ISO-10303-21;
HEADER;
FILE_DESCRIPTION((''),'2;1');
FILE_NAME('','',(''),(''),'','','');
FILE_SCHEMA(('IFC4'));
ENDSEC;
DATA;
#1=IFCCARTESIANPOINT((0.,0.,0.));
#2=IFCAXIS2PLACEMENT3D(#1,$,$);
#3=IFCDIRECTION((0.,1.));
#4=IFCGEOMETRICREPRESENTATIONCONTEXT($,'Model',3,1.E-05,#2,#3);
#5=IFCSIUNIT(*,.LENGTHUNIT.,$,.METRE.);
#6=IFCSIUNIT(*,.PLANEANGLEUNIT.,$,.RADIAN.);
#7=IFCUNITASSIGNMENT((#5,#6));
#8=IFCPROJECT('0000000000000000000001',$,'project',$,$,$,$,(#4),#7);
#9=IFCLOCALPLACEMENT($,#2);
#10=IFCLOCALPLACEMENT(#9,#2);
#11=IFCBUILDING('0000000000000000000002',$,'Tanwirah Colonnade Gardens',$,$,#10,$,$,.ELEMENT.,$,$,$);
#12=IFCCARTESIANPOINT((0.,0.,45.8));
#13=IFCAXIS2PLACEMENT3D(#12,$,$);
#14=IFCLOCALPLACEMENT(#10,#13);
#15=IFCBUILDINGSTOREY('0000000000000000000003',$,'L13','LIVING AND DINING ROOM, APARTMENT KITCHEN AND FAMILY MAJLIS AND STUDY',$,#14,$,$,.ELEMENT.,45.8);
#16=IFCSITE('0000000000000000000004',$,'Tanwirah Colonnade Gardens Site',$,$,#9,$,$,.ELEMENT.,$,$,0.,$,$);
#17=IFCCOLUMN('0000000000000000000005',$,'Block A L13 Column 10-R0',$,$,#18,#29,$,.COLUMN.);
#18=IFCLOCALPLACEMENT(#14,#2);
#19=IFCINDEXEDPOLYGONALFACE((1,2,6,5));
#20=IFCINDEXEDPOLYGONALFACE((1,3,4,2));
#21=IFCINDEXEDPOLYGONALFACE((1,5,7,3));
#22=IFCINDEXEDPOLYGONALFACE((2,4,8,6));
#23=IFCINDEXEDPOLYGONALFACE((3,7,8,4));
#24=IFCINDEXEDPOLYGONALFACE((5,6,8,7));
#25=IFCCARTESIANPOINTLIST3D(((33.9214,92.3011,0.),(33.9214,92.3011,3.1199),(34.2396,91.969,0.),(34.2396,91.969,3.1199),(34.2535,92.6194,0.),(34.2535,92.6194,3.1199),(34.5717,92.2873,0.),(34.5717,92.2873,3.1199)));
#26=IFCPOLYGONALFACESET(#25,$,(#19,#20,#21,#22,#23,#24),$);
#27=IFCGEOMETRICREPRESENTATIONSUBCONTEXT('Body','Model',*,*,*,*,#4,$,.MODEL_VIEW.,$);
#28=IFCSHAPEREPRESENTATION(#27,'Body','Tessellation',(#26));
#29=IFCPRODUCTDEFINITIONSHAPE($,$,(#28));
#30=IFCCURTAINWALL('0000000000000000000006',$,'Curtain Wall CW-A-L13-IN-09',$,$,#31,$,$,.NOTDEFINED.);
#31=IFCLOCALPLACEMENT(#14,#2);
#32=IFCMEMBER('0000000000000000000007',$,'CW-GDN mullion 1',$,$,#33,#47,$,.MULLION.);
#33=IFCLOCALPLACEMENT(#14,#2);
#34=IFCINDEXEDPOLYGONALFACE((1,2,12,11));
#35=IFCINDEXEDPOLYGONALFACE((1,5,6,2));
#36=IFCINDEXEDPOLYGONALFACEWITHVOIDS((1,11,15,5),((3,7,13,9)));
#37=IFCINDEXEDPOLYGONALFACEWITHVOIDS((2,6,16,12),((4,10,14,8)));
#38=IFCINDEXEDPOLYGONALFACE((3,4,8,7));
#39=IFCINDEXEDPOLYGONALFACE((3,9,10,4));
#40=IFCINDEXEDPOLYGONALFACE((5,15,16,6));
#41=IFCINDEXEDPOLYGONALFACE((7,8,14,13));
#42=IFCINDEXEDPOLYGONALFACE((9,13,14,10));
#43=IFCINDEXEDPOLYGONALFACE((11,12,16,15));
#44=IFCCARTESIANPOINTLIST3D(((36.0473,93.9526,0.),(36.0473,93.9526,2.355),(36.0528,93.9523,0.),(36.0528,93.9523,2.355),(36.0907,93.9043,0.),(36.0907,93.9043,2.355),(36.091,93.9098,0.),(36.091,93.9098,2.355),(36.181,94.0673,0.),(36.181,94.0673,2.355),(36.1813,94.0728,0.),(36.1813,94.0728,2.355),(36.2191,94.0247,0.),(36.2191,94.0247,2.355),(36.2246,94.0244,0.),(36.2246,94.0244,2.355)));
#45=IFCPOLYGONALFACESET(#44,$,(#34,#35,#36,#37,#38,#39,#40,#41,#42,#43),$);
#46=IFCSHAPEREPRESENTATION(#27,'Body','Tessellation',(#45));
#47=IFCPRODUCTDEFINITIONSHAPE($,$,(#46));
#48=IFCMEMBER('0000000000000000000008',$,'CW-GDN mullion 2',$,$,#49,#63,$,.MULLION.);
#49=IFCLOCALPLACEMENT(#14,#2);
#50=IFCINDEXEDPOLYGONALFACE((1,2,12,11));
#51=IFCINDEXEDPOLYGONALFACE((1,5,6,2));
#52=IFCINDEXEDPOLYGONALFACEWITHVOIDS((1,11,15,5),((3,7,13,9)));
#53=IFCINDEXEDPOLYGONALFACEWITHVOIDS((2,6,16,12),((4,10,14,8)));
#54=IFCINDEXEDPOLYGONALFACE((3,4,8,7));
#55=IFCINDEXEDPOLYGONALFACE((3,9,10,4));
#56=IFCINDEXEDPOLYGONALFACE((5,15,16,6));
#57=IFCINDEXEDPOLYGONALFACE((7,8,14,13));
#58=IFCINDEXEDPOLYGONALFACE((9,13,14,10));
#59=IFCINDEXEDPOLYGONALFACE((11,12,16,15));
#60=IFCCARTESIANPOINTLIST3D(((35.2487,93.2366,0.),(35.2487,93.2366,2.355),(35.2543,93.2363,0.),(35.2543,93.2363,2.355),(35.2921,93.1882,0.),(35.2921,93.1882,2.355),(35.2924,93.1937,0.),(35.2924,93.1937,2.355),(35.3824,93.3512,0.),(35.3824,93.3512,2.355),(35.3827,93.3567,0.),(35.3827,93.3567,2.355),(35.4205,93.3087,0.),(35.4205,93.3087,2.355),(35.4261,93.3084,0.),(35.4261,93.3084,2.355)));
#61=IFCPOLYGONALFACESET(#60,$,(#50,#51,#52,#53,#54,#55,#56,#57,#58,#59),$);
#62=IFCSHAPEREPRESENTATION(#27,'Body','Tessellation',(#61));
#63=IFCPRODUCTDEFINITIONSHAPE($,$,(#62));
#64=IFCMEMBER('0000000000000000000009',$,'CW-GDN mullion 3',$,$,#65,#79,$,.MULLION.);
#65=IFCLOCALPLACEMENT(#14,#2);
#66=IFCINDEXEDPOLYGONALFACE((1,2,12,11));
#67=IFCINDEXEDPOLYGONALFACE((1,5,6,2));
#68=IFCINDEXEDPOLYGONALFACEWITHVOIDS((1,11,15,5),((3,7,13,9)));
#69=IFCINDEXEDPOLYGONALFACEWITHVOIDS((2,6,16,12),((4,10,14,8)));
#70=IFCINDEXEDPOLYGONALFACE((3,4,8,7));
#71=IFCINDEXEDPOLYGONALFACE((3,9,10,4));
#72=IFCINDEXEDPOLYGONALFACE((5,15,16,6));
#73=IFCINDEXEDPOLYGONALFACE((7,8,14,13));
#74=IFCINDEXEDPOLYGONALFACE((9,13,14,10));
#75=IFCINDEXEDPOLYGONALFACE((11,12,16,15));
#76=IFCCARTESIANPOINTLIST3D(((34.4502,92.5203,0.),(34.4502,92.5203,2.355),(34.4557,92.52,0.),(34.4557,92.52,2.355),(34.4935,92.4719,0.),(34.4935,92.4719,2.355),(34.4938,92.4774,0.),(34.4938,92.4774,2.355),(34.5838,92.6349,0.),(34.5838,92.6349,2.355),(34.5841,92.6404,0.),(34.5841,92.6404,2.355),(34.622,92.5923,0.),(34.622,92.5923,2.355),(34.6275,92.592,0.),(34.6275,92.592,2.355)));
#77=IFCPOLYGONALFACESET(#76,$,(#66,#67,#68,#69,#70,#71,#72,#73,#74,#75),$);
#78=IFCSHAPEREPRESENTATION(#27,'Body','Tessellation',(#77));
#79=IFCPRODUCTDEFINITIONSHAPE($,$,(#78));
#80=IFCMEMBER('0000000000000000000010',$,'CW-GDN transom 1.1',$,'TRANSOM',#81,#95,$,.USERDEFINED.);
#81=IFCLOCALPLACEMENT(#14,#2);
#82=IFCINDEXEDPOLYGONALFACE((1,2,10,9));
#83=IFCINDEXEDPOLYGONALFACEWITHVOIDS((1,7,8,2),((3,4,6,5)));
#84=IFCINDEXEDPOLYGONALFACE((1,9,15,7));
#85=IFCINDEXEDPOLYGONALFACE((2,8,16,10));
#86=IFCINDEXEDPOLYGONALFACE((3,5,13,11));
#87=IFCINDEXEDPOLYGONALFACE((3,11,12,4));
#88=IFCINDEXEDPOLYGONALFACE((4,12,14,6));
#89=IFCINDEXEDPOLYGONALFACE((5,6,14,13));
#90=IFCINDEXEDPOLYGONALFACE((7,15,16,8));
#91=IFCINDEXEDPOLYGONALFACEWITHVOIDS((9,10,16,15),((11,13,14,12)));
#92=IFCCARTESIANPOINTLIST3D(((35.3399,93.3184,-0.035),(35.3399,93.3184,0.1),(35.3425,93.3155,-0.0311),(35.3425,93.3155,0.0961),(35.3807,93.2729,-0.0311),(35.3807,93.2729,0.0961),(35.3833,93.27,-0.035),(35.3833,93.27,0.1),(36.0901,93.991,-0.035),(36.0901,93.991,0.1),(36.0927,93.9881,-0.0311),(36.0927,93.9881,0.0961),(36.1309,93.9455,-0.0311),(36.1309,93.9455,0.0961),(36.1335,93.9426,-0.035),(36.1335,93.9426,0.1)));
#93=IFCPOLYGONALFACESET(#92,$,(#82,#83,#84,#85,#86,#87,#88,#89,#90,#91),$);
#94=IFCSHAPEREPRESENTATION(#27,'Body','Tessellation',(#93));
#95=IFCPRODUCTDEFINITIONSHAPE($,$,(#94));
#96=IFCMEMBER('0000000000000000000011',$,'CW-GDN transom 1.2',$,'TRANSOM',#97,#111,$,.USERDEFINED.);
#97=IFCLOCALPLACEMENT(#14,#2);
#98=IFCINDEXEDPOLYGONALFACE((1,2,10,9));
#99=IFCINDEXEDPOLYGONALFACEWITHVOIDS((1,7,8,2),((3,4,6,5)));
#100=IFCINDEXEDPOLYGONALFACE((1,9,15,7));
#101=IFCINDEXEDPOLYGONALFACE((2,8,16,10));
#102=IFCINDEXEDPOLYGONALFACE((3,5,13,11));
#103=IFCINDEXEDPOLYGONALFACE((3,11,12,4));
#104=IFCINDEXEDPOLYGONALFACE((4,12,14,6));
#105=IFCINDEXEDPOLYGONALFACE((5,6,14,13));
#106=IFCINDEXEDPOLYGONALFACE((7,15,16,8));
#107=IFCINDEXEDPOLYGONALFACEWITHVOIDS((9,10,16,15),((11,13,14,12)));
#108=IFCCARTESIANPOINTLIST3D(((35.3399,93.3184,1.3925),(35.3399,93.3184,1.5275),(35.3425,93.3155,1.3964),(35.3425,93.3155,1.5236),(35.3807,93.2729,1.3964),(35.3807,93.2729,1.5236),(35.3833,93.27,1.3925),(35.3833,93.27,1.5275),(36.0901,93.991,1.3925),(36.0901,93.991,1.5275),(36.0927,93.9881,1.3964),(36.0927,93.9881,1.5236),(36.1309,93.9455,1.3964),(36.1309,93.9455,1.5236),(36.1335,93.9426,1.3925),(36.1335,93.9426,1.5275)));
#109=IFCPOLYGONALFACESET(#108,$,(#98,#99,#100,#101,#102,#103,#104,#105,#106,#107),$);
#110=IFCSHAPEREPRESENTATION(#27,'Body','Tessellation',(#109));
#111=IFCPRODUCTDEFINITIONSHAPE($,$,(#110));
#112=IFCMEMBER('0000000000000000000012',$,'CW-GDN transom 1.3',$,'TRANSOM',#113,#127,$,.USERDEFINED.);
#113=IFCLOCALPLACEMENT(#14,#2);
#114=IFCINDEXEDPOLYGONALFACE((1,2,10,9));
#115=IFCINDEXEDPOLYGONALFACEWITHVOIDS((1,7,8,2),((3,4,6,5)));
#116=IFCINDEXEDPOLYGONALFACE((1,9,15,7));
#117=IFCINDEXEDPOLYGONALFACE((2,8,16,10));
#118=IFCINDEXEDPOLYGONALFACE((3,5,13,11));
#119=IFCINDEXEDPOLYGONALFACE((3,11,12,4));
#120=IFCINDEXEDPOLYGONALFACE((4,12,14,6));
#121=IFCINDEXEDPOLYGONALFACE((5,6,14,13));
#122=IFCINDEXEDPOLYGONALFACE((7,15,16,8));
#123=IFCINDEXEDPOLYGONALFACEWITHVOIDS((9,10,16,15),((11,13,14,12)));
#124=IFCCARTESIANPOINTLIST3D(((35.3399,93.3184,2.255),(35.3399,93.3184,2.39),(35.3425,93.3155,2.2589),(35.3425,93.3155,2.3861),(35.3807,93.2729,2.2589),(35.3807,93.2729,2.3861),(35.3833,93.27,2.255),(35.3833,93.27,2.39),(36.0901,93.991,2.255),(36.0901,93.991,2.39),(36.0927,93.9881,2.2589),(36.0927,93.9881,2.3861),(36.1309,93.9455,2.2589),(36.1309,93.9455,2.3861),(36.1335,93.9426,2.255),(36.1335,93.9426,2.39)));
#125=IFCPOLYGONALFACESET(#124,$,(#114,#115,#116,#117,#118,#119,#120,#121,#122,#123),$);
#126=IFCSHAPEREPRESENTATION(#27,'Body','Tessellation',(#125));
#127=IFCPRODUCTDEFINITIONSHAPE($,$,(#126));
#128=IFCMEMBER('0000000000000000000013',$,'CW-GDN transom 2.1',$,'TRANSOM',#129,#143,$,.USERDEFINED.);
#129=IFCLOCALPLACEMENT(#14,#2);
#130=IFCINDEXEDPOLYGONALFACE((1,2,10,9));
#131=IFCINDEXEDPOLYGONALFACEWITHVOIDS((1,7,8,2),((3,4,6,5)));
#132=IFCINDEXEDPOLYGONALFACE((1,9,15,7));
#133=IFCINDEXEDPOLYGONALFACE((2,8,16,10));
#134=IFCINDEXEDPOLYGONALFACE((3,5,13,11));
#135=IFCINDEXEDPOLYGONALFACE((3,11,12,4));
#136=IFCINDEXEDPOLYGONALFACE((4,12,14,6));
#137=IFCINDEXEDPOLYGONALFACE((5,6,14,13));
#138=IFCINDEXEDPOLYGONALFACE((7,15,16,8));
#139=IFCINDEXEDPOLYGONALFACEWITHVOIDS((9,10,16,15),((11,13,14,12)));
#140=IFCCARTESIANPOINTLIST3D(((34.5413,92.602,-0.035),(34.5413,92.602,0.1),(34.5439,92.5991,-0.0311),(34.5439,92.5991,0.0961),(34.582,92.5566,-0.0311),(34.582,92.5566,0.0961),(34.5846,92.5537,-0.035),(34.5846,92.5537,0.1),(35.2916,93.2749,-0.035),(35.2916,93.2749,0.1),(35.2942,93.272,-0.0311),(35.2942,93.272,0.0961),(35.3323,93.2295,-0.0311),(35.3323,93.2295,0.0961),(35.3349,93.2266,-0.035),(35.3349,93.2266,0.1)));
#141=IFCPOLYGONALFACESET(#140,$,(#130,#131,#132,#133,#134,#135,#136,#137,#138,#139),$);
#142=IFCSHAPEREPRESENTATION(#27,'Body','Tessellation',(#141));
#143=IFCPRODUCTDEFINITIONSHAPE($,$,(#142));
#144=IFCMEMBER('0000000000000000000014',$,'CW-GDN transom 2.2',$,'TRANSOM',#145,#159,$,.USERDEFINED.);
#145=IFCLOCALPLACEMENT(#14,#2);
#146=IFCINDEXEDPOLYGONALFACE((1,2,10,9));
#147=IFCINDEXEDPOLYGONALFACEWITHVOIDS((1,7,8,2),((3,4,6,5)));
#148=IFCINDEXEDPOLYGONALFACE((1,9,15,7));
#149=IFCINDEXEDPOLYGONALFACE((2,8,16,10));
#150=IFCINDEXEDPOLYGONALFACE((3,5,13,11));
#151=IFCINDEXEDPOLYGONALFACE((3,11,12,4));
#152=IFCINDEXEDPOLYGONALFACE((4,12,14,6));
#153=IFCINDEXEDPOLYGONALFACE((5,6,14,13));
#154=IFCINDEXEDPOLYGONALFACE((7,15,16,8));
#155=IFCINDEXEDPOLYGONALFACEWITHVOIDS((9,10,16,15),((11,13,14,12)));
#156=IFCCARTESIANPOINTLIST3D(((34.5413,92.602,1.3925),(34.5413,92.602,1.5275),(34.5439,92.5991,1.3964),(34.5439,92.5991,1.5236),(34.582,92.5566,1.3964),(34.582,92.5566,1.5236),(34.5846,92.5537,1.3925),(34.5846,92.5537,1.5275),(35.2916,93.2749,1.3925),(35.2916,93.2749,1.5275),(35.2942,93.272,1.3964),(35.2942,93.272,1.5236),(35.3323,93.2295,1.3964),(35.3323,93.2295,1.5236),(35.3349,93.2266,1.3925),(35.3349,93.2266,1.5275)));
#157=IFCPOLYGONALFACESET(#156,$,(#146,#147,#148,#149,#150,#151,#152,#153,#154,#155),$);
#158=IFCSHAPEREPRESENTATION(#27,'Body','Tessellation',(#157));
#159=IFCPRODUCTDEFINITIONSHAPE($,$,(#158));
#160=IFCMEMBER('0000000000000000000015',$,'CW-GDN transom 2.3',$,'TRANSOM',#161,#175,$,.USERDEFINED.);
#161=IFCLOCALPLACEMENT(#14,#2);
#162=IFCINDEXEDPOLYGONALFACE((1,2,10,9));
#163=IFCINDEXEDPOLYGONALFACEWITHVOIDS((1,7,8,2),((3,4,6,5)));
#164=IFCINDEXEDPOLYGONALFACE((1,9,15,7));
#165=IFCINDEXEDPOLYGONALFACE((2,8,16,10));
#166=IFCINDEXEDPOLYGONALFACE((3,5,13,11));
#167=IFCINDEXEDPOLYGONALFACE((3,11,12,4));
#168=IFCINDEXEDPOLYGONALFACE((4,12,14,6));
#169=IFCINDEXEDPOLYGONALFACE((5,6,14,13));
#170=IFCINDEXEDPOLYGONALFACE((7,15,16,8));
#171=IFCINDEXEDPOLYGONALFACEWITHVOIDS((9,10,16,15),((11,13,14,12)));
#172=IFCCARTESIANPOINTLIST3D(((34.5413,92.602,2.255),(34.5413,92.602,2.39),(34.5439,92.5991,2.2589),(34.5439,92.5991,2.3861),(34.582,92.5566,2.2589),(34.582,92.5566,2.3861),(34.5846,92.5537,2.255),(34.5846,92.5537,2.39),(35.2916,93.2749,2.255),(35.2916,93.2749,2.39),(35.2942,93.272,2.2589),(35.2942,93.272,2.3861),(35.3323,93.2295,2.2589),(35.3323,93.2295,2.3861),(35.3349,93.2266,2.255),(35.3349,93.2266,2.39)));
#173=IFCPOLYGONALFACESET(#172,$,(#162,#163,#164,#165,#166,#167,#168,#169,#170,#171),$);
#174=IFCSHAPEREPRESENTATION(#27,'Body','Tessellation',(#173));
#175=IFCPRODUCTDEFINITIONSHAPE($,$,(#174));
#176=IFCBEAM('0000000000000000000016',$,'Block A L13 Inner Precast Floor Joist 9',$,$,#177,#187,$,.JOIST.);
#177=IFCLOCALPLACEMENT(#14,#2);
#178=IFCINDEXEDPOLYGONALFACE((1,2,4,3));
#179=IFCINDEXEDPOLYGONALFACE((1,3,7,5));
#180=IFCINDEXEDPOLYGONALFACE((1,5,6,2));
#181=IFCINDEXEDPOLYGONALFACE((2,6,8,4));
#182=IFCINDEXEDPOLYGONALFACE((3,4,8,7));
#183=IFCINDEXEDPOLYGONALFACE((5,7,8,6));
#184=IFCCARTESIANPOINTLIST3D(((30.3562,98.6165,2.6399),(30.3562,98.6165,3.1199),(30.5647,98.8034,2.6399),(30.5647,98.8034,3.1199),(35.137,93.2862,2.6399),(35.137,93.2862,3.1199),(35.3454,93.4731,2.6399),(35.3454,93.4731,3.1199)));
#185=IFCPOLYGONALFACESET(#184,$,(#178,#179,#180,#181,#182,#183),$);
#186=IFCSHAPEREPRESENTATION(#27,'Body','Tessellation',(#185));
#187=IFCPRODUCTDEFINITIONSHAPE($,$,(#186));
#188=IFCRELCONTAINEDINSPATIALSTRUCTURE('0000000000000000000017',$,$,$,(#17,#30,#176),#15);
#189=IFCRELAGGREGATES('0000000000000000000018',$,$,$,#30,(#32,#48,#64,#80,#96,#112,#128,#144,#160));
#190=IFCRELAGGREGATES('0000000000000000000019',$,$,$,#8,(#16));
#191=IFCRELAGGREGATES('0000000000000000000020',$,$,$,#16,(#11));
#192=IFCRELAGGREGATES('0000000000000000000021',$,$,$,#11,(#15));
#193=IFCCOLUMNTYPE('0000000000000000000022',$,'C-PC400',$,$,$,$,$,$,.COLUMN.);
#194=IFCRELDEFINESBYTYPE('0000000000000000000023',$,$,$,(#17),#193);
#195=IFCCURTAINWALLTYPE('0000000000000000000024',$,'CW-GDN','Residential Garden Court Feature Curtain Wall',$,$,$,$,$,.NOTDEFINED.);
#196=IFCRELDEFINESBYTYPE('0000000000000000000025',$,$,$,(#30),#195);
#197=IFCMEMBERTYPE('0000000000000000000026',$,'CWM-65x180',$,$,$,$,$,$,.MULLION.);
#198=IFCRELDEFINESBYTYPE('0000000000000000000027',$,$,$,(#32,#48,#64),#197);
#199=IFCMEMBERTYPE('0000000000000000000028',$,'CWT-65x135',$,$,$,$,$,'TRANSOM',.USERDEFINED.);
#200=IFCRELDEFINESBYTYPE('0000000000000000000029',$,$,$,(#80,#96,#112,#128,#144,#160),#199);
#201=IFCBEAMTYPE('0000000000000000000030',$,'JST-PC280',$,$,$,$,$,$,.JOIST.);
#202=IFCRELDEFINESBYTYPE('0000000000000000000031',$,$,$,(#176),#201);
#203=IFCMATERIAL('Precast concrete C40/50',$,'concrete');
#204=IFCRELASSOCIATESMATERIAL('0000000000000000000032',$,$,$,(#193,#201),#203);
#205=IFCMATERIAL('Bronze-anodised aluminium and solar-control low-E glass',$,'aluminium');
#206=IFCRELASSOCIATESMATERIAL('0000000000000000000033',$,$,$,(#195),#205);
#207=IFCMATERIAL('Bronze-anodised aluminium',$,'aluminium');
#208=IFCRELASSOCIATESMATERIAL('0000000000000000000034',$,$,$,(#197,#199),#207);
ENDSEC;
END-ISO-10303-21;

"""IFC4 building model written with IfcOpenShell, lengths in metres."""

from ifc_helpers import new_model, si_unit, direction, frame, origin, origin_2d, place, context, subcontext, project, spatial, rectangle, hollow_rectangle, extrude, material, material_profile, profile_set, type_object, element, aggregate, save


model = new_model("IFC4")

# Units and contexts
model_context = context("Model", 3, precision=1e-05, world=origin(), true_north=direction((0.0, 1.0)))
body_context = subcontext(model_context, "Body", "Model", "MODEL_VIEW")
ifc_project = project(units=[si_unit("LENGTHUNIT", "METRE"), si_unit("PLANEANGLEUNIT", "RADIAN")], contexts=[model_context])

# Site, building, storey
site_placement = place(None, origin())
site = spatial("IfcSite", under=ifc_project, at=site_placement, Name="Tanwirah Colonnade Gardens Site", CompositionType="ELEMENT", RefElevation=0.0)
building_placement = place(site_placement, origin())
building = spatial("IfcBuilding", under=site, at=building_placement, Name="Tanwirah Colonnade Gardens", CompositionType="ELEMENT")
storey_placement = place(building_placement, frame((0.0, 0.0, 45.8)))
storey = spatial("IfcBuildingStorey", under=building, at=storey_placement, Name="L13", Description="LIVING AND DINING ROOM, APARTMENT KITCHEN AND FAMILY MAJLIS AND STUDY", CompositionType="ELEMENT", Elevation=45.8)

# Column
ifc_material_1 = material(Name="Precast concrete C40/50", Category="concrete")
ifc_material_profile_1 = material_profile(ifc_material_1, rectangle(XDim=0.46, YDim=0.46, at=origin_2d()), Name="PC-COL 460x460")
ifc_profile_set_1 = profile_set([ifc_material_profile_1], Name="Precast concrete C40/50")
column_type = type_object("IfcColumnType", Name="C-PC400", PredefinedType="COLUMN", material=ifc_profile_set_1)
column_placement = place(storey_placement, frame((34.2466, 92.2942, 0.0), z_axis=(0.0, 0.0, 1.0), x_axis=(-0.691863, 0.722029, 0.0)))
element("IfcColumn", 1, at=column_placement, inside=storey, type_object=column_type, Name="Block A L13 Column 10-R0", PredefinedType="COLUMN", context=body_context, shape_type="SweptSolid", body=[
    extrude(rectangle(XDim=0.46, YDim=0.46, at=origin_2d()), origin(), (0.0, 0.0, 1.0), 3.1199),
])

# Curtain wall, members
ifc_material_2 = material(Name="Bronze-anodised aluminium and solar-control low-E glass", Category="aluminium")
curtain_wall_type = type_object("IfcCurtainWallType", Name="CW-GDN", Description="Residential Garden Court Feature Curtain Wall", PredefinedType="NOTDEFINED", material=ifc_material_2)
curtain_wall_placement = place(storey_placement, origin())
curtain_wall = element("IfcCurtainWall", 2, at=curtain_wall_placement, inside=storey, type_object=curtain_wall_type, Name="Curtain Wall CW-A-L13-IN-09", PredefinedType="NOTDEFINED")
ifc_material_3 = material(Name="Bronze-anodised aluminium", Category="aluminium")
ifc_material_profile_2 = material_profile(ifc_material_3, hollow_rectangle(XDim=0.0649, YDim=0.1799, WallThickness=0.0039, at=origin_2d()), Name="CW-MUL 65x180x4")
ifc_profile_set_2 = profile_set([ifc_material_profile_2], Name="Bronze-anodised aluminium")
member_type_1 = type_object("IfcMemberType", Name="CWM-65x180", PredefinedType="MULLION", material=ifc_profile_set_2)
member_1_placement = place(storey_placement, frame((36.136, 93.9885, 0.0), z_axis=(0.0, 0.0, 1.0), x_axis=(0.667689, -0.74444, 0.0)))
member_1 = element("IfcMember", 3, at=member_1_placement, type_object=member_type_1, Name="CW-GDN mullion 1", PredefinedType="MULLION", context=body_context, shape_type="SweptSolid", body=[
    extrude(hollow_rectangle(XDim=0.0649, YDim=0.1799, WallThickness=0.0039, at=origin_2d()), origin(), (0.0, 0.0, 1.0), 2.355),
])
member_2_placement = place(storey_placement, frame((35.3374, 93.2725, 0.0), z_axis=(0.0, 0.0, 1.0), x_axis=(0.667689, -0.74444, 0.0)))
member_2 = element("IfcMember", 4, at=member_2_placement, type_object=member_type_1, Name="CW-GDN mullion 2", PredefinedType="MULLION", context=body_context, shape_type="SweptSolid", body=[
    extrude(hollow_rectangle(XDim=0.0649, YDim=0.1799, WallThickness=0.0039, at=origin_2d()), origin(), (0.0, 0.0, 1.0), 2.355),
])
member_3_placement = place(storey_placement, frame((34.5388, 92.5562, 0.0), z_axis=(0.0, 0.0, 1.0), x_axis=(0.667689, -0.74444, 0.0)))
member_3 = element("IfcMember", 5, at=member_3_placement, type_object=member_type_1, Name="CW-GDN mullion 3", PredefinedType="MULLION", context=body_context, shape_type="SweptSolid", body=[
    extrude(hollow_rectangle(XDim=0.0649, YDim=0.1799, WallThickness=0.0039, at=origin_2d()), origin(), (0.0, 0.0, 1.0), 2.355),
])
ifc_material_profile_3 = material_profile(ifc_material_3, hollow_rectangle(XDim=0.0649, YDim=0.135, WallThickness=0.0039, at=origin_2d()), Name="CW-TRN 65x135x4")
ifc_profile_set_3 = profile_set([ifc_material_profile_3], Name="Bronze-anodised aluminium")
member_type_2 = type_object("IfcMemberType", Name="CWT-65x135", ElementType="TRANSOM", PredefinedType="USERDEFINED", material=ifc_profile_set_3)
member_4_placement = place(storey_placement, frame((36.1118, 93.9668, 0.0325), z_axis=(-0.744582, -0.667531, 0.0), x_axis=(0.667531, -0.744582, 0.0)))
member_4 = element("IfcMember", 6, at=member_4_placement, type_object=member_type_2, Name="CW-GDN transom 1.1", ObjectType="TRANSOM", PredefinedType="USERDEFINED", context=body_context, shape_type="SweptSolid", body=[
    extrude(hollow_rectangle(XDim=0.0649, YDim=0.135, WallThickness=0.0039, at=origin_2d()), origin(), (0.0, 0.0, 1.0), 1.0076),
])
member_5_placement = place(storey_placement, frame((36.1118, 93.9668, 1.46), z_axis=(-0.744582, -0.667531, 0.0), x_axis=(0.667531, -0.744582, 0.0)))
member_5 = element("IfcMember", 7, at=member_5_placement, type_object=member_type_2, Name="CW-GDN transom 1.2", ObjectType="TRANSOM", PredefinedType="USERDEFINED", context=body_context, shape_type="SweptSolid", body=[
    extrude(hollow_rectangle(XDim=0.0649, YDim=0.135, WallThickness=0.0039, at=origin_2d()), origin(), (0.0, 0.0, 1.0), 1.0076),
])
member_6_placement = place(storey_placement, frame((36.1118, 93.9668, 2.3225), z_axis=(-0.744582, -0.667531, 0.0), x_axis=(0.667531, -0.744582, 0.0)))
member_6 = element("IfcMember", 8, at=member_6_placement, type_object=member_type_2, Name="CW-GDN transom 1.3", ObjectType="TRANSOM", PredefinedType="USERDEFINED", context=body_context, shape_type="SweptSolid", body=[
    extrude(hollow_rectangle(XDim=0.0649, YDim=0.135, WallThickness=0.0039, at=origin_2d()), origin(), (0.0, 0.0, 1.0), 1.0076),
])
member_7_placement = place(storey_placement, frame((35.3132, 93.2507, 0.0325), z_axis=(-0.744461, -0.667665, 0.0), x_axis=(0.667665, -0.744461, 0.0)))
member_7 = element("IfcMember", 9, at=member_7_placement, type_object=member_type_2, Name="CW-GDN transom 2.1", ObjectType="TRANSOM", PredefinedType="USERDEFINED", context=body_context, shape_type="SweptSolid", body=[
    extrude(hollow_rectangle(XDim=0.0649, YDim=0.135, WallThickness=0.0039, at=origin_2d()), origin(), (0.0, 0.0, 1.0), 1.0078),
])
member_8_placement = place(storey_placement, frame((35.3132, 93.2507, 1.46), z_axis=(-0.744461, -0.667665, 0.0), x_axis=(0.667665, -0.744461, 0.0)))
member_8 = element("IfcMember", 10, at=member_8_placement, type_object=member_type_2, Name="CW-GDN transom 2.2", ObjectType="TRANSOM", PredefinedType="USERDEFINED", context=body_context, shape_type="SweptSolid", body=[
    extrude(hollow_rectangle(XDim=0.0649, YDim=0.135, WallThickness=0.0039, at=origin_2d()), origin(), (0.0, 0.0, 1.0), 1.0078),
])
member_9_placement = place(storey_placement, frame((35.3132, 93.2507, 2.3225), z_axis=(-0.744461, -0.667665, 0.0), x_axis=(0.667665, -0.744461, 0.0)))
member_9 = element("IfcMember", 11, at=member_9_placement, type_object=member_type_2, Name="CW-GDN transom 2.3", ObjectType="TRANSOM", PredefinedType="USERDEFINED", context=body_context, shape_type="SweptSolid", body=[
    extrude(hollow_rectangle(XDim=0.0649, YDim=0.135, WallThickness=0.0039, at=origin_2d()), origin(), (0.0, 0.0, 1.0), 1.0078),
])

# Beam
ifc_material_profile_4 = material_profile(ifc_material_1, rectangle(XDim=0.28, YDim=0.48, at=origin_2d()), Name="PC-JST 280x480")
ifc_profile_set_4 = profile_set([ifc_material_profile_4], Name="Precast concrete C40/50")
beam_type_1 = type_object("IfcBeamType", Name="JST-PC280", PredefinedType="JOIST", material=ifc_profile_set_4)
beam_1_placement = place(storey_placement, frame((35.2412, 93.3796, 2.8799), z_axis=(-0.667688, 0.744441, 0.0), x_axis=(-0.744441, -0.667688, 0.0)))
element("IfcBeam", 12, at=beam_1_placement, inside=storey, type_object=beam_type_1, Name="Block A L13 Inner Precast Floor Joist 9", PredefinedType="JOIST", context=body_context, shape_type="SweptSolid", body=[
    extrude(rectangle(XDim=0.28, YDim=0.48, at=origin_2d()), origin(), (0.0, 0.0, 1.0), 7.1602),
])

aggregate(curtain_wall, [member_1, member_2, member_3, member_4, member_5, member_6, member_7, member_8, member_9])

save(model, "model.ifc")
